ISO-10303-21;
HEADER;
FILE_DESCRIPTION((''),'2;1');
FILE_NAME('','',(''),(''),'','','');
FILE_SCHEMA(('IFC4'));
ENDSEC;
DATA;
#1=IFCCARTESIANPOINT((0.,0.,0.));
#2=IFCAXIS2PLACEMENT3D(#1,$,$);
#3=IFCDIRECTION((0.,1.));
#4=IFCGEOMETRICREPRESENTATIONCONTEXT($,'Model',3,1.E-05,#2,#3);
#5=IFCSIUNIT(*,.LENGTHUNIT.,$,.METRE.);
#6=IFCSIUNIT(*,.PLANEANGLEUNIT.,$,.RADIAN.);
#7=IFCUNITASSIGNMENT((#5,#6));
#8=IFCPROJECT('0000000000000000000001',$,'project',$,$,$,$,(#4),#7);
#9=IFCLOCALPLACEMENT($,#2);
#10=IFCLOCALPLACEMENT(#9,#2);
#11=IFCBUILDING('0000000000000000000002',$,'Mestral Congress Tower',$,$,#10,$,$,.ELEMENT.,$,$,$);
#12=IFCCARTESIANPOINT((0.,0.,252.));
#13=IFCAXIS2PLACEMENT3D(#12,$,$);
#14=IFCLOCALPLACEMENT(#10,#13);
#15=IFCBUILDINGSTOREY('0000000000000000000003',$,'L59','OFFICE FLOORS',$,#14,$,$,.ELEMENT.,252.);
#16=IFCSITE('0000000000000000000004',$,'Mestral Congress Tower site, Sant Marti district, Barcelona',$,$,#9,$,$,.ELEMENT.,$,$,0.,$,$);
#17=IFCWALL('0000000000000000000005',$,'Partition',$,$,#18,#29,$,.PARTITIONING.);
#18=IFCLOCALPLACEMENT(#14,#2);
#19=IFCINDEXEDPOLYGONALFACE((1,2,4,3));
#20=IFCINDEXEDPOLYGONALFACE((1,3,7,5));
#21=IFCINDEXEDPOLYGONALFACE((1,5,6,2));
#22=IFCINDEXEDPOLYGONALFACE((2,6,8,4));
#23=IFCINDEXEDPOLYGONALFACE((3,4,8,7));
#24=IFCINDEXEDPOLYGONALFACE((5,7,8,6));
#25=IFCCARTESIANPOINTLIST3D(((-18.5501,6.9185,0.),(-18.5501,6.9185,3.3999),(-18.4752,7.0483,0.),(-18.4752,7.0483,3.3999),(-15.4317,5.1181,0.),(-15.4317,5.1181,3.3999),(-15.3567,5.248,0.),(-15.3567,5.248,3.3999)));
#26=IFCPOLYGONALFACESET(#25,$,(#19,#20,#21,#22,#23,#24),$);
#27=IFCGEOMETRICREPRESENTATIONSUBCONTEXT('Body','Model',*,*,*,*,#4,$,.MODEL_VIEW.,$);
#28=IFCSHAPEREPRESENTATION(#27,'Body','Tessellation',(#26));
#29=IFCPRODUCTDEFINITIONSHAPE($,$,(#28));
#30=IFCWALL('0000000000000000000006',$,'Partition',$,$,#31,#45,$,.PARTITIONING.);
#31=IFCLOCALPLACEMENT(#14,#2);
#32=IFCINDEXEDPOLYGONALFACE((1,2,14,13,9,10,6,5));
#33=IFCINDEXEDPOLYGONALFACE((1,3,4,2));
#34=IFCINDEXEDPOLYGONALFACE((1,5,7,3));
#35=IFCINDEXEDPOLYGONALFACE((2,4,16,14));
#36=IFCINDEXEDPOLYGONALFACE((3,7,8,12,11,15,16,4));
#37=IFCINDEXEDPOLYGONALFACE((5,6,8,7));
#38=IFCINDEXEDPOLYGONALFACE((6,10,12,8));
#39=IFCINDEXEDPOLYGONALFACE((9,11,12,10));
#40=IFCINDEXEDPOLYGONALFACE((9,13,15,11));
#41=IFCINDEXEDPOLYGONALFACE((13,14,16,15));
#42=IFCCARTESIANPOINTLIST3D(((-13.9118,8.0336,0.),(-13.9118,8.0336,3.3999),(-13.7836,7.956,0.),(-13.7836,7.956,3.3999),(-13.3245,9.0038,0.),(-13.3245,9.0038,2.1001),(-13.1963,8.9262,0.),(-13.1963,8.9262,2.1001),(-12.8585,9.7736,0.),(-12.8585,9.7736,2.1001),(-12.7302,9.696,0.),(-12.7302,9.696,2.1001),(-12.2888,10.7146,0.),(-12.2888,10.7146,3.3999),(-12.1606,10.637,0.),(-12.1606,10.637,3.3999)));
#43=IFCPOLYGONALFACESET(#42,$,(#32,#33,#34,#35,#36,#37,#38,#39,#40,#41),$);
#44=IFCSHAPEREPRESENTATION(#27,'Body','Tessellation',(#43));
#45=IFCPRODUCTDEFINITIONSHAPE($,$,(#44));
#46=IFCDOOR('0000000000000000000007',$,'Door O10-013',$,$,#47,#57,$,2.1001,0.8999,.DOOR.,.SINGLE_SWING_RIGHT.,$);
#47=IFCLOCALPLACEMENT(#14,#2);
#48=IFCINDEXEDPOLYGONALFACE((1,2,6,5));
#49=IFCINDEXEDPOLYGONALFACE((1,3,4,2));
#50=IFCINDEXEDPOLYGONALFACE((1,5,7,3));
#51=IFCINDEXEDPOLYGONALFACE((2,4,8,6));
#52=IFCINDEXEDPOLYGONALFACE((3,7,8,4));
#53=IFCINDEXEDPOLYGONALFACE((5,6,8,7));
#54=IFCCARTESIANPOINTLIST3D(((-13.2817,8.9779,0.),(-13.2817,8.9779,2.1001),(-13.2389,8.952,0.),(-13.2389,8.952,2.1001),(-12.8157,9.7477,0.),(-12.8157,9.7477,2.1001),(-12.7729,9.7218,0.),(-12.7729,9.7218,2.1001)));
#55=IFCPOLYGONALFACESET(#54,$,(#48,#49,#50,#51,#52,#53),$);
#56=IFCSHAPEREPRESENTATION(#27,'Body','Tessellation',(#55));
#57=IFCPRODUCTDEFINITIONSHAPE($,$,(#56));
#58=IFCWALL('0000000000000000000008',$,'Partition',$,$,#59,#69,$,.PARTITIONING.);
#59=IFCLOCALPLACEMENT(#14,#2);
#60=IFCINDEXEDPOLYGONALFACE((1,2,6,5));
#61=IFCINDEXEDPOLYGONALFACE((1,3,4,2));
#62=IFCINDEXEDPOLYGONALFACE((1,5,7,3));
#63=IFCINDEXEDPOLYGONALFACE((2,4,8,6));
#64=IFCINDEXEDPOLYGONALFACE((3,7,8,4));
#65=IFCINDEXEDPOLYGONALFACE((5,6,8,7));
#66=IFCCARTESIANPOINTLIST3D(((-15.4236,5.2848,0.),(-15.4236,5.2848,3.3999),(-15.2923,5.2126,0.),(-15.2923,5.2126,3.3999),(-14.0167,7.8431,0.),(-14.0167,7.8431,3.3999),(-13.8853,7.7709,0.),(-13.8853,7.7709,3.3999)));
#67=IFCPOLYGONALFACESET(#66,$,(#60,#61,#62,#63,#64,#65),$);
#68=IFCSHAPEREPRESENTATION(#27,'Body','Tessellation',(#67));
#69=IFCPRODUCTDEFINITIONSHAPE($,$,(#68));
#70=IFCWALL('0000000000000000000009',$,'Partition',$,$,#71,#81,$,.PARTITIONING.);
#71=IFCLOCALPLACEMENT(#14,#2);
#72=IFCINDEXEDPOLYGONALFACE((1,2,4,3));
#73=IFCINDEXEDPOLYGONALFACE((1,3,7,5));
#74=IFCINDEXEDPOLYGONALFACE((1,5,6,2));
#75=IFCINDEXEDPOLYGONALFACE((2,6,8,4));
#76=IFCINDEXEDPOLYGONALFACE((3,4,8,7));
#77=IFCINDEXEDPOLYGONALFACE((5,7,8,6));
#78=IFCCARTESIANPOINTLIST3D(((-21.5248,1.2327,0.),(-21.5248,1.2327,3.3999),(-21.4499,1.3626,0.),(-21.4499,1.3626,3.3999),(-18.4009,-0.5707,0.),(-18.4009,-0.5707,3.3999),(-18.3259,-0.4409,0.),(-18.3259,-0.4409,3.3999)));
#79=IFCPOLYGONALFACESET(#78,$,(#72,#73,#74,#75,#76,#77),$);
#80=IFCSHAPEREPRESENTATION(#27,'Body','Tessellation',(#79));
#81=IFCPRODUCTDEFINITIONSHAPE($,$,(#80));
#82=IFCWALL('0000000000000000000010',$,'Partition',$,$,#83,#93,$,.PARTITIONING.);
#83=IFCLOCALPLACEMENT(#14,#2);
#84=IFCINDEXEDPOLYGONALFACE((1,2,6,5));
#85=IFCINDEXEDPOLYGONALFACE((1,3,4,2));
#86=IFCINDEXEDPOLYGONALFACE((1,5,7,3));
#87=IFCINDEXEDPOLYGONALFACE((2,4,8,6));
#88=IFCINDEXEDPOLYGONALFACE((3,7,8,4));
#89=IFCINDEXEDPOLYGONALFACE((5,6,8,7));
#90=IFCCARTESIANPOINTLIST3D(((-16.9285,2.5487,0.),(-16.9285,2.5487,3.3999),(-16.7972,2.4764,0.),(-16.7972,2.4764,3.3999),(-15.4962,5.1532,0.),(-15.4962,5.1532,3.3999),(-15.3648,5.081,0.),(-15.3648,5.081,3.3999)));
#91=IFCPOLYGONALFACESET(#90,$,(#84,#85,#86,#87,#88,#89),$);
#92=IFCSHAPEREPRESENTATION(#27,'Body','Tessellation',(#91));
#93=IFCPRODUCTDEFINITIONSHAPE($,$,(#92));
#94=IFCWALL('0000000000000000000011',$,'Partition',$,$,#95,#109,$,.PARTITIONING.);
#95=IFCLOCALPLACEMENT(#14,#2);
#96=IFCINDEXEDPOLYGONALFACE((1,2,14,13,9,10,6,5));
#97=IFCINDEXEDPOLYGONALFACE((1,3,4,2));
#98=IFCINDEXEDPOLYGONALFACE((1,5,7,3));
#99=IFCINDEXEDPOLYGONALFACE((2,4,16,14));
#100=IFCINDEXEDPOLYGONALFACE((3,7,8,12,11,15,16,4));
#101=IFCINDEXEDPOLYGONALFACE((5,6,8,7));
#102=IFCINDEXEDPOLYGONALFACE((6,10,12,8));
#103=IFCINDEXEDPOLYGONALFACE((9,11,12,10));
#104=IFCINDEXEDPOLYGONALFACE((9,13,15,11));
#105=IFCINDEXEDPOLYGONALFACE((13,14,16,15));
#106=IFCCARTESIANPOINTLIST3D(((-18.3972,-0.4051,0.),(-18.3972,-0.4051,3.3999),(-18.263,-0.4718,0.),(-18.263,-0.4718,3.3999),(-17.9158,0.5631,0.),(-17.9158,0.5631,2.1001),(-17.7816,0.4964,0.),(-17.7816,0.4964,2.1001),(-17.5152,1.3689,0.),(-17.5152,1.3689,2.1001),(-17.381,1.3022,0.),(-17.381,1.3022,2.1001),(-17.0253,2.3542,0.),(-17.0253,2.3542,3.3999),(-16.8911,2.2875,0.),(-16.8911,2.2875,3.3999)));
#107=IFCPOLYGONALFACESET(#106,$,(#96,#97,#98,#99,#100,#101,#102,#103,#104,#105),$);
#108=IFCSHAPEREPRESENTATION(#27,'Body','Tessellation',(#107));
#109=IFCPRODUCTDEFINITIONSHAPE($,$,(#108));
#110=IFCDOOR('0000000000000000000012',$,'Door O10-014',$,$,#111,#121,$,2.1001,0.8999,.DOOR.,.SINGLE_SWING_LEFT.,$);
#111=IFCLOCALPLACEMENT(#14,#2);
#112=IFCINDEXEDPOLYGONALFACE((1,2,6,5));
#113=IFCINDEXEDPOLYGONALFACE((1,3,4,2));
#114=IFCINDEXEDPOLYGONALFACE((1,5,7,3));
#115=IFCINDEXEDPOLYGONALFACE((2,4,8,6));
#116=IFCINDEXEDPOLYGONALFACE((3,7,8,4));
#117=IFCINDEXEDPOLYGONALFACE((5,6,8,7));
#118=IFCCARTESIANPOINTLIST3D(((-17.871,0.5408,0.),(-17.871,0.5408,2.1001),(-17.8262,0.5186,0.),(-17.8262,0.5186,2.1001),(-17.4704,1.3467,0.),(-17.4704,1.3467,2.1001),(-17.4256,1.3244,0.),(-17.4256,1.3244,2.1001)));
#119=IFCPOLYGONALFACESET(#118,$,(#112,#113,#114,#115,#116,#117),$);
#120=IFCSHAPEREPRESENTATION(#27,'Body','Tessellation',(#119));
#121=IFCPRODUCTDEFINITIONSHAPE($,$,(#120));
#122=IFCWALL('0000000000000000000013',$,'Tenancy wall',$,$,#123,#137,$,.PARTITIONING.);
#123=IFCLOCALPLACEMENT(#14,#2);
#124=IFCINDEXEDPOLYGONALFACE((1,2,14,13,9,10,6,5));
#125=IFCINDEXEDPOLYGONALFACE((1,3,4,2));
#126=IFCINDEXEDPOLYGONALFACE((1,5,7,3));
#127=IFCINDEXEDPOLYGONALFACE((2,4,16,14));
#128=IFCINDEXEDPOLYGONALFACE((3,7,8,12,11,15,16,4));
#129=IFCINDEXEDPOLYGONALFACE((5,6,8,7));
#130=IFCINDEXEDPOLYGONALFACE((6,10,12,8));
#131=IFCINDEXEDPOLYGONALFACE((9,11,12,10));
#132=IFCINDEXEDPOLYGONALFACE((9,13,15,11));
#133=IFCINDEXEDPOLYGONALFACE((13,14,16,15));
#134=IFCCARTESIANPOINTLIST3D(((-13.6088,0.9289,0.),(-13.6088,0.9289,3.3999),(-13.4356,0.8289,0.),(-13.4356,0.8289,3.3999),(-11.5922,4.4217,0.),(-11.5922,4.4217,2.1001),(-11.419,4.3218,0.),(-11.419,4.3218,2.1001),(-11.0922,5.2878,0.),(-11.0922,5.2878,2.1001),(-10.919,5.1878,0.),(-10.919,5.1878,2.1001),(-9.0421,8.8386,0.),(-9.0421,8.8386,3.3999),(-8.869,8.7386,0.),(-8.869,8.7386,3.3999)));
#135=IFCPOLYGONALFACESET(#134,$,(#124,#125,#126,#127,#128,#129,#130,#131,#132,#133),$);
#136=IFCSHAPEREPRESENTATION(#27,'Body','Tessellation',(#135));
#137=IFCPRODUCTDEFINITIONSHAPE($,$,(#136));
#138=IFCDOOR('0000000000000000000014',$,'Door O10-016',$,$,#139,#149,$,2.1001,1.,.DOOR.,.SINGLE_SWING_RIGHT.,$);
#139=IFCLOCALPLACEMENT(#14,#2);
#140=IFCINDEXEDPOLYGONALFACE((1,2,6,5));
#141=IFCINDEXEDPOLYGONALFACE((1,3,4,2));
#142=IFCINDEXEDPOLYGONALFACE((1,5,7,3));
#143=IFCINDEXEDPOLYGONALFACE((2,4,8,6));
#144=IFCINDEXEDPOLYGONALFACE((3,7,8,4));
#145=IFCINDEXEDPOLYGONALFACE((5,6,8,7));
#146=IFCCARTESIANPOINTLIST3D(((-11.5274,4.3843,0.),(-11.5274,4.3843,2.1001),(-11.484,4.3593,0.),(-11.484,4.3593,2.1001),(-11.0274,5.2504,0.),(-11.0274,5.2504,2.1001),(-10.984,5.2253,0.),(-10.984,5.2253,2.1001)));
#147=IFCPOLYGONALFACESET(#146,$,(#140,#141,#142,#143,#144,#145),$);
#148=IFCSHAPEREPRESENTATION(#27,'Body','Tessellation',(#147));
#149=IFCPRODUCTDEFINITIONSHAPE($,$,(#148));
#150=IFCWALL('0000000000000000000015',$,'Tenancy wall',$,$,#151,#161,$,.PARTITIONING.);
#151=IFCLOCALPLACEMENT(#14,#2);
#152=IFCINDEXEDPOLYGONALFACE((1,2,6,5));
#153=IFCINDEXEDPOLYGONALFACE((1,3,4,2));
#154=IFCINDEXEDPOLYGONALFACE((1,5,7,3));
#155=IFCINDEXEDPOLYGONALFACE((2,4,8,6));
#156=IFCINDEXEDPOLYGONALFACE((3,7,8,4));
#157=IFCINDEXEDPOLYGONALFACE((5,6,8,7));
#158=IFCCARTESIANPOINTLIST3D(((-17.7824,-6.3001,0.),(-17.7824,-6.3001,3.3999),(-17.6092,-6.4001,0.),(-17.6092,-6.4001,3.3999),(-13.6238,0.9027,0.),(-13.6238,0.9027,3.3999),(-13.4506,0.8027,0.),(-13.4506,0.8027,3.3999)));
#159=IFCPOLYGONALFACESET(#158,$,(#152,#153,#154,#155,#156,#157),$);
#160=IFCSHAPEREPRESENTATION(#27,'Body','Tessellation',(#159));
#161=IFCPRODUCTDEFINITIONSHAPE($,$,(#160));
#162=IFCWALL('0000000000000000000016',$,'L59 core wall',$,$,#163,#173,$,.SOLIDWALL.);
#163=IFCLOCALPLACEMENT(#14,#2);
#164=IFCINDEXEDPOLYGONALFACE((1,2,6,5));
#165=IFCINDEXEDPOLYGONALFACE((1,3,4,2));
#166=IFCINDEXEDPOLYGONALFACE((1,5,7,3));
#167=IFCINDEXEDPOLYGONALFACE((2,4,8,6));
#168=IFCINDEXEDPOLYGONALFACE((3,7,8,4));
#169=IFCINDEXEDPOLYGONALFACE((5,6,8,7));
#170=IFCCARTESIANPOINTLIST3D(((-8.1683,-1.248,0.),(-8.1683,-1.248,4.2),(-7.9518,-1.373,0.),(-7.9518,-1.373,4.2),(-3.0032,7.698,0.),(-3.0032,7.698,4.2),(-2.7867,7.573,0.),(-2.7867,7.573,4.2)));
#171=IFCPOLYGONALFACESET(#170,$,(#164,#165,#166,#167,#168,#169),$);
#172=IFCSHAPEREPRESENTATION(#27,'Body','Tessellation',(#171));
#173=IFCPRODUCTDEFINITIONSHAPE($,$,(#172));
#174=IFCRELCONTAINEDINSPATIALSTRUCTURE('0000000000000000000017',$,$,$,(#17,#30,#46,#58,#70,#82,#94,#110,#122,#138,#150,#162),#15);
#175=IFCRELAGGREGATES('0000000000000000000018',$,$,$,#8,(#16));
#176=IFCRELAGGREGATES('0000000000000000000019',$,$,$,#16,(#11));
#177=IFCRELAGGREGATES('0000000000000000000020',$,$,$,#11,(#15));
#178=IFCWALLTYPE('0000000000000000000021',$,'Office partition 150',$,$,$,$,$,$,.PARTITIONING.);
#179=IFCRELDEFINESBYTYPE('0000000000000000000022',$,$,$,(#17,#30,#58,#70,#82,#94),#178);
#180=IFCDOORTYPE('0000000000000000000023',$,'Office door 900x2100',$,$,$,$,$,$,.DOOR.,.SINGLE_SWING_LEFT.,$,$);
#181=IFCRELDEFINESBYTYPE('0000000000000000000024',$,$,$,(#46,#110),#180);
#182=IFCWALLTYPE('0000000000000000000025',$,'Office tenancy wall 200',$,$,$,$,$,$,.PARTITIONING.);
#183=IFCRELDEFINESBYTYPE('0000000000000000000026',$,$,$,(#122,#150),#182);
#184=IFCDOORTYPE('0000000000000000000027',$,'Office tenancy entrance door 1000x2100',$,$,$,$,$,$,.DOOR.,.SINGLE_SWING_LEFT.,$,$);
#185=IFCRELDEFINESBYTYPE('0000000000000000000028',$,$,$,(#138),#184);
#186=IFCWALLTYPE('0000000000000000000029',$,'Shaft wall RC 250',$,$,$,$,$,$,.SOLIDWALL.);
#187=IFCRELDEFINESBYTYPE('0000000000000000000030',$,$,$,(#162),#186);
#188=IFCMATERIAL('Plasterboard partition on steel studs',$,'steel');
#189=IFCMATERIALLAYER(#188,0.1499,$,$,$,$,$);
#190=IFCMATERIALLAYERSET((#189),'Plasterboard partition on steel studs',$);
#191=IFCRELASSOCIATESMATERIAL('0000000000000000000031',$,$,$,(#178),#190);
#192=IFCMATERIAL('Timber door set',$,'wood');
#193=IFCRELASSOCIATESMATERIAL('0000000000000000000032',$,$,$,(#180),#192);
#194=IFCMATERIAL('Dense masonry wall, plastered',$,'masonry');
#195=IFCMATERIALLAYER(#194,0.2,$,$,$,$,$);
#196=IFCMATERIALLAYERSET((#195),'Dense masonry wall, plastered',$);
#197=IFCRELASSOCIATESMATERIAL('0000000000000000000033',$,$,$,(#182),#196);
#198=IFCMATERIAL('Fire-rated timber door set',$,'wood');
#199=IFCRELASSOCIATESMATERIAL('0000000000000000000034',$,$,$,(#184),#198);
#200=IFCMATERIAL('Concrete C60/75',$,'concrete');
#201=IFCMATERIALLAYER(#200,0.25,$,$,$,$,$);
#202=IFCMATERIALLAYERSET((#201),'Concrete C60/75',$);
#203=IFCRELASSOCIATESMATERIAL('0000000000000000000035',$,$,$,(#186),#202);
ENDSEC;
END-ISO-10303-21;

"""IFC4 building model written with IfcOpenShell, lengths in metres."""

from ifc_helpers import new_model, si_unit, direction, frame, frame_2d, origin, place, context, subcontext, project, spatial, rectangle, extrude, material, layer, layer_set, type_object, element, fill, save


model = new_model("IFC4")

# Units and contexts
model_context = context("Model", 3, precision=1e-05, world=origin(), true_north=direction((0.0, 1.0)))
body_context = subcontext(model_context, "Body", "Model", "MODEL_VIEW")
ifc_project = project(units=[si_unit("LENGTHUNIT", "METRE"), si_unit("PLANEANGLEUNIT", "RADIAN")], contexts=[model_context])

# Site, building, storey
site_placement = place(None, origin())
site = spatial("IfcSite", under=ifc_project, at=site_placement, Name="Mestral Congress Tower site, Sant Marti district, Barcelona", CompositionType="ELEMENT", RefElevation=0.0)
building_placement = place(site_placement, origin())
building = spatial("IfcBuilding", under=site, at=building_placement, Name="Mestral Congress Tower", CompositionType="ELEMENT")
storey_placement = place(building_placement, frame((0.0, 0.0, 252.0)))
storey = spatial("IfcBuildingStorey", under=building, at=storey_placement, Name="L59", Description="OFFICE FLOORS", CompositionType="ELEMENT", Elevation=252.0)

# Shared definitions
ifc_material_1 = material(Name="Concrete C60/75", Category="concrete")

# Wall
ifc_material_2 = material(Name="Plasterboard partition on steel studs", Category="steel")
ifc_layer_1 = layer(ifc_material_2, 0.1499)
ifc_layer_set_1 = layer_set([ifc_layer_1], Name="Plasterboard partition on steel studs")
wall_type_1 = type_object("IfcWallType", Name="Office partition 150", PredefinedType="PARTITIONING", material=ifc_layer_set_1)
wall_1_placement = place(storey_placement, frame((-15.3943, 5.1831, 0.0), z_axis=(0.0, 0.0, 1.0), x_axis=(-0.86604, 0.499975, 0.0)))
element("IfcWall", 1, at=wall_1_placement, inside=storey, type_object=wall_type_1, Name="Partition", PredefinedType="PARTITIONING", context=body_context, shape_type="SweptSolid", body=[
    extrude(rectangle(XDim=3.6008, YDim=0.1499, at=frame_2d((1.8003, 0.0))), origin(), (0.0, 0.0, 1.0), 3.3999),
])

# Wall, opening, door
wall_2_placement = place(storey_placement, frame((-13.8477, 7.9949, 0.0), z_axis=(0.0, 0.0, 1.0), x_axis=(0.51786, 0.855466, 0.0)))
wall_2 = element("IfcWall", 2, at=wall_2_placement, inside=storey, type_object=wall_type_1, Name="Partition", PredefinedType="PARTITIONING", context=body_context, shape_type="SweptSolid", body=[
    extrude(rectangle(XDim=3.134, YDim=0.1499, at=frame_2d((1.5669, 0.0))), origin(), (0.0, 0.0, 1.0), 3.3999),
])
opening_1_placement = place(wall_2_placement, frame((1.134, 0.0, 0.0)))
opening_1 = element("IfcOpeningElement", 3, at=opening_1_placement, cuts=wall_2, PredefinedType="OPENING", context=body_context, shape_type="SweptSolid", body=[
    extrude(rectangle(XDim=0.8999, YDim=2.1001, at=frame_2d((0.45, 1.05))), frame((0.0, 0.085, 0.0), z_axis=(0.0, -1.0, 0.0), x_axis=(1.0, 0.0, 0.0)), (0.0, 0.0, 1.0), 0.1699),
])
ifc_material_3 = material(Name="Timber door set", Category="wood")
door_type_1 = type_object("IfcDoorType", Name="Office door 900x2100", OperationType="SINGLE_SWING_LEFT", PredefinedType="DOOR", material=ifc_material_3)
door_1_placement = place(opening_1_placement, origin())
door_1 = element("IfcDoor", 4, at=door_1_placement, inside=storey, type_object=door_type_1, Name="Door O10-013", OperationType="SINGLE_SWING_RIGHT", OverallHeight=2.1001, OverallWidth=0.8999, PredefinedType="DOOR", context=body_context, shape_type="SweptSolid", body=[
    extrude(rectangle(XDim=0.8999, YDim=2.1001, at=frame_2d((0.45, 1.05))), frame((0.0, 0.0249, 0.0), z_axis=(0.0, -1.0, 0.0), x_axis=(1.0, 0.0, 0.0)), (0.0, 0.0, 1.0), 0.05),
])
fill(opening_1, door_1)

# Walls
wall_3_placement = place(storey_placement, frame((-13.9509, 7.8071, 0.0), z_axis=(0.0, 0.0, 1.0), x_axis=(-0.48189, -0.876232, 0.0)))
element("IfcWall", 5, at=wall_3_placement, inside=storey, type_object=wall_type_1, Name="Partition", PredefinedType="PARTITIONING", context=body_context, shape_type="SweptSolid", body=[
    extrude(rectangle(XDim=2.9197, YDim=0.1499, at=frame_2d((1.46, 0.0))), origin(), (0.0, 0.0, 1.0), 3.3999),
])
wall_4_placement = place(storey_placement, frame((-18.3633, -0.5059, 0.0), z_axis=(0.0, 0.0, 1.0), x_axis=(-0.866048, 0.499961, 0.0)))
element("IfcWall", 6, at=wall_4_placement, inside=storey, type_object=wall_type_1, Name="Partition", PredefinedType="PARTITIONING", context=body_context, shape_type="SweptSolid", body=[
    extrude(rectangle(XDim=3.6072, YDim=0.1499, at=frame_2d((1.8037, 0.0))), origin(), (0.0, 0.0, 1.0), 3.3999),
])
wall_5_placement = place(storey_placement, frame((-15.4304, 5.1172, 0.0), z_axis=(0.0, 0.0, 1.0), x_axis=(-0.481894, -0.87623, 0.0)))
element("IfcWall", 7, at=wall_5_placement, inside=storey, type_object=wall_type_1, Name="Partition", PredefinedType="PARTITIONING", context=body_context, shape_type="SweptSolid", body=[
    extrude(rectangle(XDim=2.9724, YDim=0.1499, at=frame_2d((1.4863, 0.0))), origin(), (0.0, 0.0, 1.0), 3.3999),
])

# Walls, openings, doors
wall_6_placement = place(storey_placement, frame((-18.3301, -0.4385, 0.0), z_axis=(0.0, 0.0, 1.0), x_axis=(0.445184, 0.895439, 0.0)))
wall_6 = element("IfcWall", 8, at=wall_6_placement, inside=storey, type_object=wall_type_1, Name="Partition", PredefinedType="PARTITIONING", context=body_context, shape_type="SweptSolid", body=[
    extrude(rectangle(XDim=3.0815, YDim=0.1499, at=frame_2d((1.5408, 0.0))), origin(), (0.0, 0.0, 1.0), 3.3999),
])
opening_2_placement = place(wall_6_placement, frame((1.0813, 0.0, 0.0)))
opening_2 = element("IfcOpeningElement", 9, at=opening_2_placement, cuts=wall_6, PredefinedType="OPENING", context=body_context, shape_type="SweptSolid", body=[
    extrude(rectangle(XDim=0.8999, YDim=2.1001, at=frame_2d((0.45, 1.05))), frame((0.0, 0.085, 0.0), z_axis=(0.0, -1.0, 0.0), x_axis=(1.0, 0.0, 0.0)), (0.0, 0.0, 1.0), 0.1699),
])
door_2_placement = place(opening_2_placement, origin())
door_2 = element("IfcDoor", 10, at=door_2_placement, inside=storey, type_object=door_type_1, Name="Door O10-014", OperationType="SINGLE_SWING_LEFT", OverallHeight=2.1001, OverallWidth=0.8999, PredefinedType="DOOR", context=body_context, shape_type="SweptSolid", body=[
    extrude(rectangle(XDim=0.8999, YDim=2.1001, at=frame_2d((0.45, 1.05))), frame((0.0, 0.0249, 0.0), z_axis=(0.0, -1.0, 0.0), x_axis=(1.0, 0.0, 0.0)), (0.0, 0.0, 1.0), 0.05),
])
fill(opening_2, door_2)
ifc_material_4 = material(Name="Dense masonry wall, plastered", Category="masonry")
ifc_layer_2 = layer(ifc_material_4, 0.2)
ifc_layer_set_2 = layer_set([ifc_layer_2], Name="Dense masonry wall, plastered")
wall_type_2 = type_object("IfcWallType", Name="Office tenancy wall 200", PredefinedType="PARTITIONING", material=ifc_layer_set_2)
wall_7_placement = place(storey_placement, frame((-8.9556, 8.7886, 0.0), z_axis=(0.0, 0.0, 1.0), x_axis=(-0.5, -0.866025, 0.0)))
wall_7 = element("IfcWall", 11, at=wall_7_placement, inside=storey, type_object=wall_type_2, Name="Tenancy wall", PredefinedType="PARTITIONING", context=body_context, shape_type="SweptSolid", body=[
    extrude(rectangle(XDim=9.1333, YDim=0.2, at=frame_2d((4.5667, 0.0))), origin(), (0.0, 0.0, 1.0), 3.3999),
])
opening_3_placement = place(wall_7_placement, frame((4.1001, 0.0, 0.0)))
opening_3 = element("IfcOpeningElement", 12, at=opening_3_placement, cuts=wall_7, PredefinedType="OPENING", context=body_context, shape_type="SweptSolid", body=[
    extrude(rectangle(XDim=1.0, YDim=2.1001, at=frame_2d((0.5, 1.05))), frame((0.0, 0.1099, 0.0), z_axis=(0.0, -1.0, 0.0), x_axis=(1.0, 0.0, 0.0)), (0.0, 0.0, 1.0), 0.22),
])
ifc_material_5 = material(Name="Fire-rated timber door set", Category="wood")
door_type_2 = type_object("IfcDoorType", Name="Office tenancy entrance door 1000x2100", OperationType="SINGLE_SWING_LEFT", PredefinedType="DOOR", material=ifc_material_5)
door_3_placement = place(opening_3_placement, origin())
door_3 = element("IfcDoor", 13, at=door_3_placement, inside=storey, type_object=door_type_2, Name="Door O10-016", OperationType="SINGLE_SWING_RIGHT", OverallHeight=2.1001, OverallWidth=1.0, PredefinedType="DOOR", context=body_context, shape_type="SweptSolid", body=[
    extrude(rectangle(XDim=1.0, YDim=2.1001, at=frame_2d((0.5, 1.05))), frame((0.0, 0.0249, 0.0), z_axis=(0.0, -1.0, 0.0), x_axis=(1.0, 0.0, 0.0)), (0.0, 0.0, 1.0), 0.05),
])
fill(opening_3, door_3)

# Walls
wall_8_placement = place(storey_placement, frame((-13.5371, 0.8528, 0.0), z_axis=(0.0, 0.0, 1.0), x_axis=(-0.50001, -0.86602, 0.0)))
element("IfcWall", 14, at=wall_8_placement, inside=storey, type_object=wall_type_2, Name="Tenancy wall", PredefinedType="PARTITIONING", context=body_context, shape_type="SweptSolid", body=[
    extrude(rectangle(XDim=8.3171, YDim=0.2, at=frame_2d((4.1587, 0.0))), origin(), (0.0, 0.0, 1.0), 3.3999),
])
ifc_layer_3 = layer(ifc_material_1, 0.25)
ifc_layer_set_3 = layer_set([ifc_layer_3], Name="Concrete C60/75")
wall_type_3 = type_object("IfcWallType", Name="Shaft wall RC 250", PredefinedType="SOLIDWALL", material=ifc_layer_set_3)
wall_9_placement = place(storey_placement, frame((-8.0601, -1.3105, 0.0), z_axis=(0.0, 0.0, 1.0), x_axis=(0.500003, 0.866024, 0.0)))
element("IfcWall", 15, at=wall_9_placement, inside=storey, type_object=wall_type_3, Name="L59 core wall", PredefinedType="SOLIDWALL", context=body_context, shape_type="SweptSolid", body=[
    extrude(rectangle(XDim=10.3301, YDim=0.25, at=frame_2d((5.165, 0.0))), origin(), (0.0, 0.0, 1.0), 4.2),
])

save(model, "model.ifc")
